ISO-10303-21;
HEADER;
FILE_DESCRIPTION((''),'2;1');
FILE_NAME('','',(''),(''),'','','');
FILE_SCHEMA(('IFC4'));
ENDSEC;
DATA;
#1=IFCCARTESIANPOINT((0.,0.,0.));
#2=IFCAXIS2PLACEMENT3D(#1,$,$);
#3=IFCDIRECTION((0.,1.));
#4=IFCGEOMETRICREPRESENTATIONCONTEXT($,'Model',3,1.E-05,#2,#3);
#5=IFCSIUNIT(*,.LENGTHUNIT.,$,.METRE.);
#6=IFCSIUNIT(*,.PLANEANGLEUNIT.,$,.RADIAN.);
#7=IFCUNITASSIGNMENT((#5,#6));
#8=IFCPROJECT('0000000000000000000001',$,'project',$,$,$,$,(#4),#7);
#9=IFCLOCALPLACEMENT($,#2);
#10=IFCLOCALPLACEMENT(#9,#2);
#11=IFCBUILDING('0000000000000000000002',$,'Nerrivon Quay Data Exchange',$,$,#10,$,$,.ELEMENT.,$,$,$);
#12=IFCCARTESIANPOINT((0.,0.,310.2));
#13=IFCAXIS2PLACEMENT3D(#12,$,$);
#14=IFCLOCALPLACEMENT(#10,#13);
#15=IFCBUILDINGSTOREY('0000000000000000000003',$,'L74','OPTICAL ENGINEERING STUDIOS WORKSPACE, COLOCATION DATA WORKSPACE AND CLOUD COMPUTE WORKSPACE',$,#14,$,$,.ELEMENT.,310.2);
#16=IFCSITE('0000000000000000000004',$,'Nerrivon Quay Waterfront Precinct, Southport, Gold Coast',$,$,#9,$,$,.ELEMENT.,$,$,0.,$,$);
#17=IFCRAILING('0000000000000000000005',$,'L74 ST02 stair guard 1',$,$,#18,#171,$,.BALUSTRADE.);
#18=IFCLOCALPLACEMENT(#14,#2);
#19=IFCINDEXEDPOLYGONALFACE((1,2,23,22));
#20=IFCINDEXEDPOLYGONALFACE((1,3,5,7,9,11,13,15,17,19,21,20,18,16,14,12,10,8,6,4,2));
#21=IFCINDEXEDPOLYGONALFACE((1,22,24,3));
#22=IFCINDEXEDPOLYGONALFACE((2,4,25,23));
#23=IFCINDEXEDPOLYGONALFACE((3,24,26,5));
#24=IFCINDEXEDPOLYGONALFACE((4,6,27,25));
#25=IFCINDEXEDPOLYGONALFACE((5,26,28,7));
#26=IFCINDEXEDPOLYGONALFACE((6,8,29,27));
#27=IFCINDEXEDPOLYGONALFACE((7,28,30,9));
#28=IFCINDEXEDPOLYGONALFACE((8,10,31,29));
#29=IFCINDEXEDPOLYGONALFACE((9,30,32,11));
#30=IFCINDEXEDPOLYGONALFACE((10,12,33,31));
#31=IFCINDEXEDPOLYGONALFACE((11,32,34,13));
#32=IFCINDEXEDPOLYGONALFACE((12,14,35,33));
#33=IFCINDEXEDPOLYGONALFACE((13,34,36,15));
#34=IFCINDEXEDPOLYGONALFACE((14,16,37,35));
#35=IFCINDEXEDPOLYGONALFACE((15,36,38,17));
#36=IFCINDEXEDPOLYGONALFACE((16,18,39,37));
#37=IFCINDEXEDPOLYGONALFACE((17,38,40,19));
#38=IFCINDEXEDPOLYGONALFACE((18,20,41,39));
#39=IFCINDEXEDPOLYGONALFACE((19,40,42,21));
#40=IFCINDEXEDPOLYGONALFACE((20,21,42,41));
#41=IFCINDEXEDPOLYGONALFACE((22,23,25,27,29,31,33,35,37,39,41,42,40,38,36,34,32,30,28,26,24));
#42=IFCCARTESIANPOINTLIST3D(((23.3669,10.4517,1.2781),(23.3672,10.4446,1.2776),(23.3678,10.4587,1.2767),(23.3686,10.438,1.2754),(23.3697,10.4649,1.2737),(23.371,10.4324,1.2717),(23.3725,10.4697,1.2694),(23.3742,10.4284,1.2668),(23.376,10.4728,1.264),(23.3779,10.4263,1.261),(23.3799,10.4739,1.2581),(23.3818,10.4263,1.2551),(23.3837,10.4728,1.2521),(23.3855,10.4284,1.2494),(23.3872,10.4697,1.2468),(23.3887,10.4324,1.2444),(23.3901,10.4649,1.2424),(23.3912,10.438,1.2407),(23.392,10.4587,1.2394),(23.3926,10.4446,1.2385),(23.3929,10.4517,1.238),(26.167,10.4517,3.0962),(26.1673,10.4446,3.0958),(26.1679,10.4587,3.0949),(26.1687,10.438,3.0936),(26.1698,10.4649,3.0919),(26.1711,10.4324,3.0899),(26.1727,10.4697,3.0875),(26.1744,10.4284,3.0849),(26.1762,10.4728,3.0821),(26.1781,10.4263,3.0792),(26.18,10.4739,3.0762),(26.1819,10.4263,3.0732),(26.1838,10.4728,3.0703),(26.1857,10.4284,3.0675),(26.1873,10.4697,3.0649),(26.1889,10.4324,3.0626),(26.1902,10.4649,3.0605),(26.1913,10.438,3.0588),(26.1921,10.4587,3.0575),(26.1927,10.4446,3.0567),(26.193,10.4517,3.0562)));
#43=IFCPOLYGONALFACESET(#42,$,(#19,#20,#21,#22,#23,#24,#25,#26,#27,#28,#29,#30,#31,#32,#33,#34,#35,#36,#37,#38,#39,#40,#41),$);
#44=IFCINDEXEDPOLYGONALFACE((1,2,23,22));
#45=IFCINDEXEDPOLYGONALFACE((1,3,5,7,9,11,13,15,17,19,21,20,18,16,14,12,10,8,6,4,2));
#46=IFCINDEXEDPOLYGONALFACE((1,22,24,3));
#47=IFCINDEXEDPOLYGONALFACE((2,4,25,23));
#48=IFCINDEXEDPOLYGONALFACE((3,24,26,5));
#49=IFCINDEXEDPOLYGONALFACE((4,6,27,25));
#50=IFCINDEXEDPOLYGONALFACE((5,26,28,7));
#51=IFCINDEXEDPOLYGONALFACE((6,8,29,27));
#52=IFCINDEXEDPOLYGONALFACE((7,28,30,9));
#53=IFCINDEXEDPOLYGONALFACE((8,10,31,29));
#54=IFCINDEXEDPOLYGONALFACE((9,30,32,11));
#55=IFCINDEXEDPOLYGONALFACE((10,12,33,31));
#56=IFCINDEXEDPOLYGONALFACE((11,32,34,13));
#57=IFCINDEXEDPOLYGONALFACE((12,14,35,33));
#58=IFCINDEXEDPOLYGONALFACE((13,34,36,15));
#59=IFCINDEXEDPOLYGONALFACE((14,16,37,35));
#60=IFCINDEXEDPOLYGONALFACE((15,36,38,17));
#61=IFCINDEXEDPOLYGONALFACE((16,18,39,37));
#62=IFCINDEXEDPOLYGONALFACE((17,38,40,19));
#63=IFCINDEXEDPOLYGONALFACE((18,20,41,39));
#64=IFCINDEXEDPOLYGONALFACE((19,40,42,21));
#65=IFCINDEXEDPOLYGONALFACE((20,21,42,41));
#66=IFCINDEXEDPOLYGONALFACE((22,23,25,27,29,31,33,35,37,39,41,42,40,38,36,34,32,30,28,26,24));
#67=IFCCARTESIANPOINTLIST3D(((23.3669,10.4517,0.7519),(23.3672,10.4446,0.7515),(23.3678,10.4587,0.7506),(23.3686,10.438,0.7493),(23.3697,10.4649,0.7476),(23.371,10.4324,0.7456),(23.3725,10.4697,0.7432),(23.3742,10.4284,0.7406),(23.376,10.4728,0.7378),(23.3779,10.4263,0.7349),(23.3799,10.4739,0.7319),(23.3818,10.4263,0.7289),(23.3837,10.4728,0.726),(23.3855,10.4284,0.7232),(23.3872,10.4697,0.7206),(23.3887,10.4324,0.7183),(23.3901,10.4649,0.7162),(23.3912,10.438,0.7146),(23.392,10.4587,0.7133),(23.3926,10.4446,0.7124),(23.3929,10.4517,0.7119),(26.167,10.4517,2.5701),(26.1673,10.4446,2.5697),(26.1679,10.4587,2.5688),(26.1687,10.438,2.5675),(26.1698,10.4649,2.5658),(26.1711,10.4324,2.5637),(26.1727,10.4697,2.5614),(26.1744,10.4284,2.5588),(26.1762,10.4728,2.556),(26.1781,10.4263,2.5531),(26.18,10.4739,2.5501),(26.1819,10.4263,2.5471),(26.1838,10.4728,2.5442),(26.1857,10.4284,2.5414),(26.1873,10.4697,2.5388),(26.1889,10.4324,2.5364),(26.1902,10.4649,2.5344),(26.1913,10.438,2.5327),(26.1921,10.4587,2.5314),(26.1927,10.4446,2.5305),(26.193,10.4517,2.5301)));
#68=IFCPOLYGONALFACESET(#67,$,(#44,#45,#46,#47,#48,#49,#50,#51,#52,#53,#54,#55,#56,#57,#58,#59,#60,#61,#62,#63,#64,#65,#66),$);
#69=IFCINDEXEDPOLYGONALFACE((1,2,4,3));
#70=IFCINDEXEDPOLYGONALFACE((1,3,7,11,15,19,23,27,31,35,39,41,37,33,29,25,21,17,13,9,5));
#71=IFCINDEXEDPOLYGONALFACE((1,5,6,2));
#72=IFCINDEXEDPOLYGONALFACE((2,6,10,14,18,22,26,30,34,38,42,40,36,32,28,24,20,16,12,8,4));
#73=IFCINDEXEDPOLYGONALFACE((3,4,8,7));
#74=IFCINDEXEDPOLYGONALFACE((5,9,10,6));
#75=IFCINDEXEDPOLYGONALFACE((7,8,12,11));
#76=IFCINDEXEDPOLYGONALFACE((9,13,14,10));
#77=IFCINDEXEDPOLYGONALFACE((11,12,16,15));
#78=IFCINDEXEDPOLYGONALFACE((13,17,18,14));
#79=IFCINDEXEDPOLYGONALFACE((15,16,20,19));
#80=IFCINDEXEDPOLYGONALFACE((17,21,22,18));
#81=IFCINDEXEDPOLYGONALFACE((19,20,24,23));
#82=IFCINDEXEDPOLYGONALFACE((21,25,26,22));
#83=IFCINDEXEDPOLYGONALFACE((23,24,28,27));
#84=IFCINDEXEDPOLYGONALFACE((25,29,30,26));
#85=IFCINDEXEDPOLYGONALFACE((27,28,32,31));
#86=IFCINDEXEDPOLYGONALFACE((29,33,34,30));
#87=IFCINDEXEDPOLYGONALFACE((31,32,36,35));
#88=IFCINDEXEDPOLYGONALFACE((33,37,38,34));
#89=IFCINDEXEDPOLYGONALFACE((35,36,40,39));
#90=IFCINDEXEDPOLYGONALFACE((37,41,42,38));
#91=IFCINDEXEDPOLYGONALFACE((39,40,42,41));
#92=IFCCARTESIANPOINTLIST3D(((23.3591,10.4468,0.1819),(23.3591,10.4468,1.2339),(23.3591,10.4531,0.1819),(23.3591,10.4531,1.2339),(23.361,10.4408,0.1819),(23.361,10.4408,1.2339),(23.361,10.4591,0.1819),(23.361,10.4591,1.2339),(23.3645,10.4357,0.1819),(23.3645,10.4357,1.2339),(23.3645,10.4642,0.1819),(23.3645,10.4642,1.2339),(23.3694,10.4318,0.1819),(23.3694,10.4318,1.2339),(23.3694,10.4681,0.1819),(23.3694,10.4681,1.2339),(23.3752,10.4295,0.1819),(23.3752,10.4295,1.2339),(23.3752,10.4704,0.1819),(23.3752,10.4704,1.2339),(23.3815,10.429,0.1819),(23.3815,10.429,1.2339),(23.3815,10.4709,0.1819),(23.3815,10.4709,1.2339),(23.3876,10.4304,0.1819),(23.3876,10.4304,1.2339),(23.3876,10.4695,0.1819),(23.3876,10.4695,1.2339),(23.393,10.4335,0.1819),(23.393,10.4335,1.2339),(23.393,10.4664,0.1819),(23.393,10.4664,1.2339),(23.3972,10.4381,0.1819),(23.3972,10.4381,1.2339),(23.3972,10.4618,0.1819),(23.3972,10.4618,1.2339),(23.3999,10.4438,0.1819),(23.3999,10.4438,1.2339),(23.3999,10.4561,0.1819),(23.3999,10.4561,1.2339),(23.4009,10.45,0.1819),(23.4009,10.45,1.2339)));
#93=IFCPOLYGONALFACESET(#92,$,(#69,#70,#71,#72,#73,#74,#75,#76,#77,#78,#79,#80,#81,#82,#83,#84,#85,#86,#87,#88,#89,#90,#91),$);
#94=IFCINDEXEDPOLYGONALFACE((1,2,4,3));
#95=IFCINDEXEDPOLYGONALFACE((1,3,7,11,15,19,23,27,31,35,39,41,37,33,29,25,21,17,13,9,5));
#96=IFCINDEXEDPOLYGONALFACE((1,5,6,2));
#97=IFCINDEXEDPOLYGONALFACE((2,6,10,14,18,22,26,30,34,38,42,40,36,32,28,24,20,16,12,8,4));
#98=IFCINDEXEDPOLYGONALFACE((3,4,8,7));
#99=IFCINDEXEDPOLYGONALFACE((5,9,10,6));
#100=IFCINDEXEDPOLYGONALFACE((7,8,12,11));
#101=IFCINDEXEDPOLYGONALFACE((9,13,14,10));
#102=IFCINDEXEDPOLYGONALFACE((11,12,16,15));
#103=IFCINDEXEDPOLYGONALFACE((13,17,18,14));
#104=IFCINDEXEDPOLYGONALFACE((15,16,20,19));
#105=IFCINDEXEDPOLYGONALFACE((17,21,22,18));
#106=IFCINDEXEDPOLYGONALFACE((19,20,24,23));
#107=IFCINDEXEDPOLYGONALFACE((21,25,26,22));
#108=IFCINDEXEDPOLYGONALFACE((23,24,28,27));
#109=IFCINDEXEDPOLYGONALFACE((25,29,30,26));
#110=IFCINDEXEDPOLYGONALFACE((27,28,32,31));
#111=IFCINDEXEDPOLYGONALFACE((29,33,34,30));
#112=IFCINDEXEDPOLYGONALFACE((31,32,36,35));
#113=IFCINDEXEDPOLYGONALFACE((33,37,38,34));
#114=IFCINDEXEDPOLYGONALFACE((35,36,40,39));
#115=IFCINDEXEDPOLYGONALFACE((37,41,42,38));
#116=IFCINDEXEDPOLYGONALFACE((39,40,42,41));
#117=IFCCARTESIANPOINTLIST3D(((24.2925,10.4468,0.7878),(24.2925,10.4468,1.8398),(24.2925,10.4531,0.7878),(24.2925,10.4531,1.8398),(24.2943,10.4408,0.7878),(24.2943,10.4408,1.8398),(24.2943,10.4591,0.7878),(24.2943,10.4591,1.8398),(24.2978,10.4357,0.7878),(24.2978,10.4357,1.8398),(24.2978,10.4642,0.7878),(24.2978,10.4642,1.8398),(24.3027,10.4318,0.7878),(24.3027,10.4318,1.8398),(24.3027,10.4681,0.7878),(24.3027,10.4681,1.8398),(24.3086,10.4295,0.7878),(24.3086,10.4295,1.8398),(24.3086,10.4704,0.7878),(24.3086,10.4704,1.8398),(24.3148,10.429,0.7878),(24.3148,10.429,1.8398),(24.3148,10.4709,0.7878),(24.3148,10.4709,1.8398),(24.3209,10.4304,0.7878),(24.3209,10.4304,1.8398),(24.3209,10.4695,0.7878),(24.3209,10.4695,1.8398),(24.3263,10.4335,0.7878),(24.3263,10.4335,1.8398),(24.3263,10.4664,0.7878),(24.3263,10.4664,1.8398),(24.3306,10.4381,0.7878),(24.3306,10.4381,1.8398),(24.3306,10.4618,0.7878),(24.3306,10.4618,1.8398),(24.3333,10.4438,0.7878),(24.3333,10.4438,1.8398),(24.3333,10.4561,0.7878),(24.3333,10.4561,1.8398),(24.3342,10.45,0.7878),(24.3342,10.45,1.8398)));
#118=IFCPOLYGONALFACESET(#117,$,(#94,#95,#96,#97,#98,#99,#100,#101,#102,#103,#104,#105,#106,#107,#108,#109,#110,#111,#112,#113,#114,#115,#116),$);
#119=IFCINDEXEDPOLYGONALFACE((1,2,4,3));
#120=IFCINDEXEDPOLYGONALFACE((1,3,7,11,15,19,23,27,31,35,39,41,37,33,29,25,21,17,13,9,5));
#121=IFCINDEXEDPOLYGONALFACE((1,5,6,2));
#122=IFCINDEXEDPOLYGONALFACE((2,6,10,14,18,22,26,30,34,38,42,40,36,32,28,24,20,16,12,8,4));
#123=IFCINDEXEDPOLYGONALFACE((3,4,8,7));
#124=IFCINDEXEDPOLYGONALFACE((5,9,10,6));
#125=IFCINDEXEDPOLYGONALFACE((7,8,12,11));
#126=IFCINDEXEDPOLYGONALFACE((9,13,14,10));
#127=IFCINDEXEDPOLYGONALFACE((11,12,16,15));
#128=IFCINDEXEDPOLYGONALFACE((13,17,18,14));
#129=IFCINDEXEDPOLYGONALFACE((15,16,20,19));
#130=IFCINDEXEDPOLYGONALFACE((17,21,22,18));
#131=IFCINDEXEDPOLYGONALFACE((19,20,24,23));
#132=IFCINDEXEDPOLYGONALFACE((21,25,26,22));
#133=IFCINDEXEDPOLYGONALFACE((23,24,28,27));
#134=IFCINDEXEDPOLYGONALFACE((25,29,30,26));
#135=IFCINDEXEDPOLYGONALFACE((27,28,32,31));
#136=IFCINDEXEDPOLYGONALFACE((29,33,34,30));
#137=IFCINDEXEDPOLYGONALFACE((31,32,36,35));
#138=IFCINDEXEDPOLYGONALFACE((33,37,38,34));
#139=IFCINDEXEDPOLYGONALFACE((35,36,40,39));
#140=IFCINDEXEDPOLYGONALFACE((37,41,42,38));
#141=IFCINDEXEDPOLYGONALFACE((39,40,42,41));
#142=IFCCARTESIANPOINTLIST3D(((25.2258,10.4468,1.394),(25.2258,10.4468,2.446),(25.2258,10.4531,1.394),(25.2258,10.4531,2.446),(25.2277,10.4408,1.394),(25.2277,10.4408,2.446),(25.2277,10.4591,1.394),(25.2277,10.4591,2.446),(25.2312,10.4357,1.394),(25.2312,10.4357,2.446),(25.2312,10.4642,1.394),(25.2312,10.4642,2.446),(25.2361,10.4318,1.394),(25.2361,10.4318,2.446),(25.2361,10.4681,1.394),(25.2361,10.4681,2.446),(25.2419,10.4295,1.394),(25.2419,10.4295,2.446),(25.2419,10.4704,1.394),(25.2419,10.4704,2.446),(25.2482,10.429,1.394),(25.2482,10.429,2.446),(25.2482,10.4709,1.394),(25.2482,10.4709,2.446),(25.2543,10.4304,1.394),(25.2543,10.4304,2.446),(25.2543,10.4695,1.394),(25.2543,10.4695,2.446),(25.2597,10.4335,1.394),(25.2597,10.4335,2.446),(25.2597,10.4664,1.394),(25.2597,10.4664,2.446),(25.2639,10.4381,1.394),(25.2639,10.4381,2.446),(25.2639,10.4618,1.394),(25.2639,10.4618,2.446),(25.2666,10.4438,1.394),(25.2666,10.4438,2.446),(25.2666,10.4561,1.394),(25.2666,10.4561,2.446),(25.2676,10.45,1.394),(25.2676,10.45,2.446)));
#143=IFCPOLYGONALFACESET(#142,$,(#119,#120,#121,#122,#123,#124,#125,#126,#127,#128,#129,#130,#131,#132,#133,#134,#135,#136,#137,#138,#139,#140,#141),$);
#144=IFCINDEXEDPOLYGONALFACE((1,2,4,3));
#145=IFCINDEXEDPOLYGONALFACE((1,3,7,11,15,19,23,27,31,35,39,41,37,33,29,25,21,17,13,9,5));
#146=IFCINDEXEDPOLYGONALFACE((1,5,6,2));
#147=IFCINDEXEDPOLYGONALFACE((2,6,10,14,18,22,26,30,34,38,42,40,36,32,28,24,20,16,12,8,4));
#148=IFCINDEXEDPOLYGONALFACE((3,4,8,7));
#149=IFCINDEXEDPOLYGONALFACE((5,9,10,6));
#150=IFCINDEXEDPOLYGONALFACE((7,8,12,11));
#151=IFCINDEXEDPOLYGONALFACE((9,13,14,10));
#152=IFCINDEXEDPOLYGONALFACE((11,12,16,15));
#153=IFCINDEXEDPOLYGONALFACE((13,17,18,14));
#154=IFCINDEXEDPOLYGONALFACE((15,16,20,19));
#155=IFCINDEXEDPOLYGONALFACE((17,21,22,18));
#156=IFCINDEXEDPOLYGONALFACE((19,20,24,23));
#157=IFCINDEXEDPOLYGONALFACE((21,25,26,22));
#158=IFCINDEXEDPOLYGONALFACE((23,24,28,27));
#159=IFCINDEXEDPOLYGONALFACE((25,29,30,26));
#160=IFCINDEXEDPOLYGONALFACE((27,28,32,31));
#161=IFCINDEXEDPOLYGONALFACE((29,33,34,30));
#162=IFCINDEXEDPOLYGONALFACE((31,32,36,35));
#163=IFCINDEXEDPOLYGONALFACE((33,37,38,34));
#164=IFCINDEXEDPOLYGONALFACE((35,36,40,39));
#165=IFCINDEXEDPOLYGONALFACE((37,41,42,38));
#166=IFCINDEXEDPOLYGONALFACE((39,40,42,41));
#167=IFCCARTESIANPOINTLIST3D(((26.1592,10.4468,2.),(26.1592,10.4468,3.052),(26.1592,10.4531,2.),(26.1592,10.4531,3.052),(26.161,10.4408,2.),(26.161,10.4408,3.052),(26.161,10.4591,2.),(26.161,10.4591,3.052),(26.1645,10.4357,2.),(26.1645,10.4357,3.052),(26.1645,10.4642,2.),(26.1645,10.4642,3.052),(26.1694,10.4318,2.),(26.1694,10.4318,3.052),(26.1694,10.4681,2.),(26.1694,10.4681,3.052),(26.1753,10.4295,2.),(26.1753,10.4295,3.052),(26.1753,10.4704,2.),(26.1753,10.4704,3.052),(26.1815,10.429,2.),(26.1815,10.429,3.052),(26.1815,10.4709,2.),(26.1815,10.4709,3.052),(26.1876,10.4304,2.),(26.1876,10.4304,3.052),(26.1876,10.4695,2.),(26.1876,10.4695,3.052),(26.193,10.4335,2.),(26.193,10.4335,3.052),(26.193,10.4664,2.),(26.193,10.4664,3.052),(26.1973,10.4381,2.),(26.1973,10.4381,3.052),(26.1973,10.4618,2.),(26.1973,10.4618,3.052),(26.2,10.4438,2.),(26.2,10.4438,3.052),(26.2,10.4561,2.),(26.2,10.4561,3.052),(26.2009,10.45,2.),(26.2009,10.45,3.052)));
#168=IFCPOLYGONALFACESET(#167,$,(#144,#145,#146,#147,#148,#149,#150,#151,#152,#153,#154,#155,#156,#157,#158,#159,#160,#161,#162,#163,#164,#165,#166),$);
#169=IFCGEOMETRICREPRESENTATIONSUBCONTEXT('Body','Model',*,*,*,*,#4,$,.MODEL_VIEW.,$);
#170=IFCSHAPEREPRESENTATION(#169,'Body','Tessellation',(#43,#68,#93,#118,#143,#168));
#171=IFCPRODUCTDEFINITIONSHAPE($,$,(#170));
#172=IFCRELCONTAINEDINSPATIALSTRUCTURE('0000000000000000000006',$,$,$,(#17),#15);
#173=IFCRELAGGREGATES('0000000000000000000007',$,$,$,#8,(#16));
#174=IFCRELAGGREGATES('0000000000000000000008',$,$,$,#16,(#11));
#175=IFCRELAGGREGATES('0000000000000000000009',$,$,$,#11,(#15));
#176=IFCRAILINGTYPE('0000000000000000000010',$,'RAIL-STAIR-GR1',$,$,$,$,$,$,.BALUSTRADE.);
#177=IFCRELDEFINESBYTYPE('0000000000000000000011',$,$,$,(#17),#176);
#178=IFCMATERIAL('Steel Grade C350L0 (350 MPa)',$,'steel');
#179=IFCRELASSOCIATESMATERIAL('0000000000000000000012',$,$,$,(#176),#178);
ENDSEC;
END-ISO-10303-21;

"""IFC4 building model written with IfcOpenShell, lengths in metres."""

from ifc_helpers import new_model, si_unit, direction, frame, origin, origin_2d, place, context, subcontext, project, spatial, circle, extrude, material, type_object, element, save


model = new_model("IFC4")

# Units and contexts
model_context = context("Model", 3, precision=1e-05, world=origin(), true_north=direction((0.0, 1.0)))
body_context = subcontext(model_context, "Body", "Model", "MODEL_VIEW")
ifc_project = project(units=[si_unit("LENGTHUNIT", "METRE"), si_unit("PLANEANGLEUNIT", "RADIAN")], contexts=[model_context])

# Site, building, storey
site_placement = place(None, origin())
site = spatial("IfcSite", under=ifc_project, at=site_placement, Name="Nerrivon Quay Waterfront Precinct, Southport, Gold Coast", CompositionType="ELEMENT", RefElevation=0.0)
building_placement = place(site_placement, origin())
building = spatial("IfcBuilding", under=site, at=building_placement, Name="Nerrivon Quay Data Exchange", CompositionType="ELEMENT")
storey_placement = place(building_placement, frame((0.0, 0.0, 310.2)))
storey = spatial("IfcBuildingStorey", under=building, at=storey_placement, Name="L74", Description="OPTICAL ENGINEERING STUDIOS WORKSPACE, COLOCATION DATA WORKSPACE AND CLOUD COMPUTE WORKSPACE", CompositionType="ELEMENT", Elevation=310.2)

# Railing
ifc_material_1 = material(Name="Steel Grade C350L0 (350 MPa)", Category="steel")
railing_type_1 = type_object("IfcRailingType", Name="RAIL-STAIR-GR1", PredefinedType="BALUSTRADE", material=ifc_material_1)
railing_1_placement = place(storey_placement, frame((23.3799, 10.45, 0.1819)))
element("IfcRailing", 1, at=railing_1_placement, inside=storey, type_object=railing_type_1, Name="L74 ST02 stair guard 1", PredefinedType="BALUSTRADE", context=body_context, shape_type="SweptSolid", body=[
    extrude(circle(Radius=0.0239, at=origin_2d()), frame((0.0, 0.0, 1.0762), z_axis=(0.838706, 0.0, 0.544585), x_axis=(0.0, 1.0, 0.0)), (0.0, 0.0, 1.0), 3.3386),
    extrude(circle(Radius=0.0239, at=origin_2d()), frame((0.0, 0.0, 0.55), z_axis=(0.838706, 0.0, 0.544585), x_axis=(0.0, 1.0, 0.0)), (0.0, 0.0, 1.0), 3.3386),
    extrude(circle(Radius=0.021, at=origin_2d()), origin(), (0.0, 0.0, 1.0), 1.052),
    extrude(circle(Radius=0.021, at=origin_2d()), frame((0.9333, 0.0, 0.606)), (0.0, 0.0, 1.0), 1.052),
    extrude(circle(Radius=0.021, at=origin_2d()), frame((1.8667, 0.0, 1.2122)), (0.0, 0.0, 1.0), 1.052),
    extrude(circle(Radius=0.021, at=origin_2d()), frame((2.8, 0.0, 1.8181)), (0.0, 0.0, 1.0), 1.052),
])

save(model, "model.ifc")
